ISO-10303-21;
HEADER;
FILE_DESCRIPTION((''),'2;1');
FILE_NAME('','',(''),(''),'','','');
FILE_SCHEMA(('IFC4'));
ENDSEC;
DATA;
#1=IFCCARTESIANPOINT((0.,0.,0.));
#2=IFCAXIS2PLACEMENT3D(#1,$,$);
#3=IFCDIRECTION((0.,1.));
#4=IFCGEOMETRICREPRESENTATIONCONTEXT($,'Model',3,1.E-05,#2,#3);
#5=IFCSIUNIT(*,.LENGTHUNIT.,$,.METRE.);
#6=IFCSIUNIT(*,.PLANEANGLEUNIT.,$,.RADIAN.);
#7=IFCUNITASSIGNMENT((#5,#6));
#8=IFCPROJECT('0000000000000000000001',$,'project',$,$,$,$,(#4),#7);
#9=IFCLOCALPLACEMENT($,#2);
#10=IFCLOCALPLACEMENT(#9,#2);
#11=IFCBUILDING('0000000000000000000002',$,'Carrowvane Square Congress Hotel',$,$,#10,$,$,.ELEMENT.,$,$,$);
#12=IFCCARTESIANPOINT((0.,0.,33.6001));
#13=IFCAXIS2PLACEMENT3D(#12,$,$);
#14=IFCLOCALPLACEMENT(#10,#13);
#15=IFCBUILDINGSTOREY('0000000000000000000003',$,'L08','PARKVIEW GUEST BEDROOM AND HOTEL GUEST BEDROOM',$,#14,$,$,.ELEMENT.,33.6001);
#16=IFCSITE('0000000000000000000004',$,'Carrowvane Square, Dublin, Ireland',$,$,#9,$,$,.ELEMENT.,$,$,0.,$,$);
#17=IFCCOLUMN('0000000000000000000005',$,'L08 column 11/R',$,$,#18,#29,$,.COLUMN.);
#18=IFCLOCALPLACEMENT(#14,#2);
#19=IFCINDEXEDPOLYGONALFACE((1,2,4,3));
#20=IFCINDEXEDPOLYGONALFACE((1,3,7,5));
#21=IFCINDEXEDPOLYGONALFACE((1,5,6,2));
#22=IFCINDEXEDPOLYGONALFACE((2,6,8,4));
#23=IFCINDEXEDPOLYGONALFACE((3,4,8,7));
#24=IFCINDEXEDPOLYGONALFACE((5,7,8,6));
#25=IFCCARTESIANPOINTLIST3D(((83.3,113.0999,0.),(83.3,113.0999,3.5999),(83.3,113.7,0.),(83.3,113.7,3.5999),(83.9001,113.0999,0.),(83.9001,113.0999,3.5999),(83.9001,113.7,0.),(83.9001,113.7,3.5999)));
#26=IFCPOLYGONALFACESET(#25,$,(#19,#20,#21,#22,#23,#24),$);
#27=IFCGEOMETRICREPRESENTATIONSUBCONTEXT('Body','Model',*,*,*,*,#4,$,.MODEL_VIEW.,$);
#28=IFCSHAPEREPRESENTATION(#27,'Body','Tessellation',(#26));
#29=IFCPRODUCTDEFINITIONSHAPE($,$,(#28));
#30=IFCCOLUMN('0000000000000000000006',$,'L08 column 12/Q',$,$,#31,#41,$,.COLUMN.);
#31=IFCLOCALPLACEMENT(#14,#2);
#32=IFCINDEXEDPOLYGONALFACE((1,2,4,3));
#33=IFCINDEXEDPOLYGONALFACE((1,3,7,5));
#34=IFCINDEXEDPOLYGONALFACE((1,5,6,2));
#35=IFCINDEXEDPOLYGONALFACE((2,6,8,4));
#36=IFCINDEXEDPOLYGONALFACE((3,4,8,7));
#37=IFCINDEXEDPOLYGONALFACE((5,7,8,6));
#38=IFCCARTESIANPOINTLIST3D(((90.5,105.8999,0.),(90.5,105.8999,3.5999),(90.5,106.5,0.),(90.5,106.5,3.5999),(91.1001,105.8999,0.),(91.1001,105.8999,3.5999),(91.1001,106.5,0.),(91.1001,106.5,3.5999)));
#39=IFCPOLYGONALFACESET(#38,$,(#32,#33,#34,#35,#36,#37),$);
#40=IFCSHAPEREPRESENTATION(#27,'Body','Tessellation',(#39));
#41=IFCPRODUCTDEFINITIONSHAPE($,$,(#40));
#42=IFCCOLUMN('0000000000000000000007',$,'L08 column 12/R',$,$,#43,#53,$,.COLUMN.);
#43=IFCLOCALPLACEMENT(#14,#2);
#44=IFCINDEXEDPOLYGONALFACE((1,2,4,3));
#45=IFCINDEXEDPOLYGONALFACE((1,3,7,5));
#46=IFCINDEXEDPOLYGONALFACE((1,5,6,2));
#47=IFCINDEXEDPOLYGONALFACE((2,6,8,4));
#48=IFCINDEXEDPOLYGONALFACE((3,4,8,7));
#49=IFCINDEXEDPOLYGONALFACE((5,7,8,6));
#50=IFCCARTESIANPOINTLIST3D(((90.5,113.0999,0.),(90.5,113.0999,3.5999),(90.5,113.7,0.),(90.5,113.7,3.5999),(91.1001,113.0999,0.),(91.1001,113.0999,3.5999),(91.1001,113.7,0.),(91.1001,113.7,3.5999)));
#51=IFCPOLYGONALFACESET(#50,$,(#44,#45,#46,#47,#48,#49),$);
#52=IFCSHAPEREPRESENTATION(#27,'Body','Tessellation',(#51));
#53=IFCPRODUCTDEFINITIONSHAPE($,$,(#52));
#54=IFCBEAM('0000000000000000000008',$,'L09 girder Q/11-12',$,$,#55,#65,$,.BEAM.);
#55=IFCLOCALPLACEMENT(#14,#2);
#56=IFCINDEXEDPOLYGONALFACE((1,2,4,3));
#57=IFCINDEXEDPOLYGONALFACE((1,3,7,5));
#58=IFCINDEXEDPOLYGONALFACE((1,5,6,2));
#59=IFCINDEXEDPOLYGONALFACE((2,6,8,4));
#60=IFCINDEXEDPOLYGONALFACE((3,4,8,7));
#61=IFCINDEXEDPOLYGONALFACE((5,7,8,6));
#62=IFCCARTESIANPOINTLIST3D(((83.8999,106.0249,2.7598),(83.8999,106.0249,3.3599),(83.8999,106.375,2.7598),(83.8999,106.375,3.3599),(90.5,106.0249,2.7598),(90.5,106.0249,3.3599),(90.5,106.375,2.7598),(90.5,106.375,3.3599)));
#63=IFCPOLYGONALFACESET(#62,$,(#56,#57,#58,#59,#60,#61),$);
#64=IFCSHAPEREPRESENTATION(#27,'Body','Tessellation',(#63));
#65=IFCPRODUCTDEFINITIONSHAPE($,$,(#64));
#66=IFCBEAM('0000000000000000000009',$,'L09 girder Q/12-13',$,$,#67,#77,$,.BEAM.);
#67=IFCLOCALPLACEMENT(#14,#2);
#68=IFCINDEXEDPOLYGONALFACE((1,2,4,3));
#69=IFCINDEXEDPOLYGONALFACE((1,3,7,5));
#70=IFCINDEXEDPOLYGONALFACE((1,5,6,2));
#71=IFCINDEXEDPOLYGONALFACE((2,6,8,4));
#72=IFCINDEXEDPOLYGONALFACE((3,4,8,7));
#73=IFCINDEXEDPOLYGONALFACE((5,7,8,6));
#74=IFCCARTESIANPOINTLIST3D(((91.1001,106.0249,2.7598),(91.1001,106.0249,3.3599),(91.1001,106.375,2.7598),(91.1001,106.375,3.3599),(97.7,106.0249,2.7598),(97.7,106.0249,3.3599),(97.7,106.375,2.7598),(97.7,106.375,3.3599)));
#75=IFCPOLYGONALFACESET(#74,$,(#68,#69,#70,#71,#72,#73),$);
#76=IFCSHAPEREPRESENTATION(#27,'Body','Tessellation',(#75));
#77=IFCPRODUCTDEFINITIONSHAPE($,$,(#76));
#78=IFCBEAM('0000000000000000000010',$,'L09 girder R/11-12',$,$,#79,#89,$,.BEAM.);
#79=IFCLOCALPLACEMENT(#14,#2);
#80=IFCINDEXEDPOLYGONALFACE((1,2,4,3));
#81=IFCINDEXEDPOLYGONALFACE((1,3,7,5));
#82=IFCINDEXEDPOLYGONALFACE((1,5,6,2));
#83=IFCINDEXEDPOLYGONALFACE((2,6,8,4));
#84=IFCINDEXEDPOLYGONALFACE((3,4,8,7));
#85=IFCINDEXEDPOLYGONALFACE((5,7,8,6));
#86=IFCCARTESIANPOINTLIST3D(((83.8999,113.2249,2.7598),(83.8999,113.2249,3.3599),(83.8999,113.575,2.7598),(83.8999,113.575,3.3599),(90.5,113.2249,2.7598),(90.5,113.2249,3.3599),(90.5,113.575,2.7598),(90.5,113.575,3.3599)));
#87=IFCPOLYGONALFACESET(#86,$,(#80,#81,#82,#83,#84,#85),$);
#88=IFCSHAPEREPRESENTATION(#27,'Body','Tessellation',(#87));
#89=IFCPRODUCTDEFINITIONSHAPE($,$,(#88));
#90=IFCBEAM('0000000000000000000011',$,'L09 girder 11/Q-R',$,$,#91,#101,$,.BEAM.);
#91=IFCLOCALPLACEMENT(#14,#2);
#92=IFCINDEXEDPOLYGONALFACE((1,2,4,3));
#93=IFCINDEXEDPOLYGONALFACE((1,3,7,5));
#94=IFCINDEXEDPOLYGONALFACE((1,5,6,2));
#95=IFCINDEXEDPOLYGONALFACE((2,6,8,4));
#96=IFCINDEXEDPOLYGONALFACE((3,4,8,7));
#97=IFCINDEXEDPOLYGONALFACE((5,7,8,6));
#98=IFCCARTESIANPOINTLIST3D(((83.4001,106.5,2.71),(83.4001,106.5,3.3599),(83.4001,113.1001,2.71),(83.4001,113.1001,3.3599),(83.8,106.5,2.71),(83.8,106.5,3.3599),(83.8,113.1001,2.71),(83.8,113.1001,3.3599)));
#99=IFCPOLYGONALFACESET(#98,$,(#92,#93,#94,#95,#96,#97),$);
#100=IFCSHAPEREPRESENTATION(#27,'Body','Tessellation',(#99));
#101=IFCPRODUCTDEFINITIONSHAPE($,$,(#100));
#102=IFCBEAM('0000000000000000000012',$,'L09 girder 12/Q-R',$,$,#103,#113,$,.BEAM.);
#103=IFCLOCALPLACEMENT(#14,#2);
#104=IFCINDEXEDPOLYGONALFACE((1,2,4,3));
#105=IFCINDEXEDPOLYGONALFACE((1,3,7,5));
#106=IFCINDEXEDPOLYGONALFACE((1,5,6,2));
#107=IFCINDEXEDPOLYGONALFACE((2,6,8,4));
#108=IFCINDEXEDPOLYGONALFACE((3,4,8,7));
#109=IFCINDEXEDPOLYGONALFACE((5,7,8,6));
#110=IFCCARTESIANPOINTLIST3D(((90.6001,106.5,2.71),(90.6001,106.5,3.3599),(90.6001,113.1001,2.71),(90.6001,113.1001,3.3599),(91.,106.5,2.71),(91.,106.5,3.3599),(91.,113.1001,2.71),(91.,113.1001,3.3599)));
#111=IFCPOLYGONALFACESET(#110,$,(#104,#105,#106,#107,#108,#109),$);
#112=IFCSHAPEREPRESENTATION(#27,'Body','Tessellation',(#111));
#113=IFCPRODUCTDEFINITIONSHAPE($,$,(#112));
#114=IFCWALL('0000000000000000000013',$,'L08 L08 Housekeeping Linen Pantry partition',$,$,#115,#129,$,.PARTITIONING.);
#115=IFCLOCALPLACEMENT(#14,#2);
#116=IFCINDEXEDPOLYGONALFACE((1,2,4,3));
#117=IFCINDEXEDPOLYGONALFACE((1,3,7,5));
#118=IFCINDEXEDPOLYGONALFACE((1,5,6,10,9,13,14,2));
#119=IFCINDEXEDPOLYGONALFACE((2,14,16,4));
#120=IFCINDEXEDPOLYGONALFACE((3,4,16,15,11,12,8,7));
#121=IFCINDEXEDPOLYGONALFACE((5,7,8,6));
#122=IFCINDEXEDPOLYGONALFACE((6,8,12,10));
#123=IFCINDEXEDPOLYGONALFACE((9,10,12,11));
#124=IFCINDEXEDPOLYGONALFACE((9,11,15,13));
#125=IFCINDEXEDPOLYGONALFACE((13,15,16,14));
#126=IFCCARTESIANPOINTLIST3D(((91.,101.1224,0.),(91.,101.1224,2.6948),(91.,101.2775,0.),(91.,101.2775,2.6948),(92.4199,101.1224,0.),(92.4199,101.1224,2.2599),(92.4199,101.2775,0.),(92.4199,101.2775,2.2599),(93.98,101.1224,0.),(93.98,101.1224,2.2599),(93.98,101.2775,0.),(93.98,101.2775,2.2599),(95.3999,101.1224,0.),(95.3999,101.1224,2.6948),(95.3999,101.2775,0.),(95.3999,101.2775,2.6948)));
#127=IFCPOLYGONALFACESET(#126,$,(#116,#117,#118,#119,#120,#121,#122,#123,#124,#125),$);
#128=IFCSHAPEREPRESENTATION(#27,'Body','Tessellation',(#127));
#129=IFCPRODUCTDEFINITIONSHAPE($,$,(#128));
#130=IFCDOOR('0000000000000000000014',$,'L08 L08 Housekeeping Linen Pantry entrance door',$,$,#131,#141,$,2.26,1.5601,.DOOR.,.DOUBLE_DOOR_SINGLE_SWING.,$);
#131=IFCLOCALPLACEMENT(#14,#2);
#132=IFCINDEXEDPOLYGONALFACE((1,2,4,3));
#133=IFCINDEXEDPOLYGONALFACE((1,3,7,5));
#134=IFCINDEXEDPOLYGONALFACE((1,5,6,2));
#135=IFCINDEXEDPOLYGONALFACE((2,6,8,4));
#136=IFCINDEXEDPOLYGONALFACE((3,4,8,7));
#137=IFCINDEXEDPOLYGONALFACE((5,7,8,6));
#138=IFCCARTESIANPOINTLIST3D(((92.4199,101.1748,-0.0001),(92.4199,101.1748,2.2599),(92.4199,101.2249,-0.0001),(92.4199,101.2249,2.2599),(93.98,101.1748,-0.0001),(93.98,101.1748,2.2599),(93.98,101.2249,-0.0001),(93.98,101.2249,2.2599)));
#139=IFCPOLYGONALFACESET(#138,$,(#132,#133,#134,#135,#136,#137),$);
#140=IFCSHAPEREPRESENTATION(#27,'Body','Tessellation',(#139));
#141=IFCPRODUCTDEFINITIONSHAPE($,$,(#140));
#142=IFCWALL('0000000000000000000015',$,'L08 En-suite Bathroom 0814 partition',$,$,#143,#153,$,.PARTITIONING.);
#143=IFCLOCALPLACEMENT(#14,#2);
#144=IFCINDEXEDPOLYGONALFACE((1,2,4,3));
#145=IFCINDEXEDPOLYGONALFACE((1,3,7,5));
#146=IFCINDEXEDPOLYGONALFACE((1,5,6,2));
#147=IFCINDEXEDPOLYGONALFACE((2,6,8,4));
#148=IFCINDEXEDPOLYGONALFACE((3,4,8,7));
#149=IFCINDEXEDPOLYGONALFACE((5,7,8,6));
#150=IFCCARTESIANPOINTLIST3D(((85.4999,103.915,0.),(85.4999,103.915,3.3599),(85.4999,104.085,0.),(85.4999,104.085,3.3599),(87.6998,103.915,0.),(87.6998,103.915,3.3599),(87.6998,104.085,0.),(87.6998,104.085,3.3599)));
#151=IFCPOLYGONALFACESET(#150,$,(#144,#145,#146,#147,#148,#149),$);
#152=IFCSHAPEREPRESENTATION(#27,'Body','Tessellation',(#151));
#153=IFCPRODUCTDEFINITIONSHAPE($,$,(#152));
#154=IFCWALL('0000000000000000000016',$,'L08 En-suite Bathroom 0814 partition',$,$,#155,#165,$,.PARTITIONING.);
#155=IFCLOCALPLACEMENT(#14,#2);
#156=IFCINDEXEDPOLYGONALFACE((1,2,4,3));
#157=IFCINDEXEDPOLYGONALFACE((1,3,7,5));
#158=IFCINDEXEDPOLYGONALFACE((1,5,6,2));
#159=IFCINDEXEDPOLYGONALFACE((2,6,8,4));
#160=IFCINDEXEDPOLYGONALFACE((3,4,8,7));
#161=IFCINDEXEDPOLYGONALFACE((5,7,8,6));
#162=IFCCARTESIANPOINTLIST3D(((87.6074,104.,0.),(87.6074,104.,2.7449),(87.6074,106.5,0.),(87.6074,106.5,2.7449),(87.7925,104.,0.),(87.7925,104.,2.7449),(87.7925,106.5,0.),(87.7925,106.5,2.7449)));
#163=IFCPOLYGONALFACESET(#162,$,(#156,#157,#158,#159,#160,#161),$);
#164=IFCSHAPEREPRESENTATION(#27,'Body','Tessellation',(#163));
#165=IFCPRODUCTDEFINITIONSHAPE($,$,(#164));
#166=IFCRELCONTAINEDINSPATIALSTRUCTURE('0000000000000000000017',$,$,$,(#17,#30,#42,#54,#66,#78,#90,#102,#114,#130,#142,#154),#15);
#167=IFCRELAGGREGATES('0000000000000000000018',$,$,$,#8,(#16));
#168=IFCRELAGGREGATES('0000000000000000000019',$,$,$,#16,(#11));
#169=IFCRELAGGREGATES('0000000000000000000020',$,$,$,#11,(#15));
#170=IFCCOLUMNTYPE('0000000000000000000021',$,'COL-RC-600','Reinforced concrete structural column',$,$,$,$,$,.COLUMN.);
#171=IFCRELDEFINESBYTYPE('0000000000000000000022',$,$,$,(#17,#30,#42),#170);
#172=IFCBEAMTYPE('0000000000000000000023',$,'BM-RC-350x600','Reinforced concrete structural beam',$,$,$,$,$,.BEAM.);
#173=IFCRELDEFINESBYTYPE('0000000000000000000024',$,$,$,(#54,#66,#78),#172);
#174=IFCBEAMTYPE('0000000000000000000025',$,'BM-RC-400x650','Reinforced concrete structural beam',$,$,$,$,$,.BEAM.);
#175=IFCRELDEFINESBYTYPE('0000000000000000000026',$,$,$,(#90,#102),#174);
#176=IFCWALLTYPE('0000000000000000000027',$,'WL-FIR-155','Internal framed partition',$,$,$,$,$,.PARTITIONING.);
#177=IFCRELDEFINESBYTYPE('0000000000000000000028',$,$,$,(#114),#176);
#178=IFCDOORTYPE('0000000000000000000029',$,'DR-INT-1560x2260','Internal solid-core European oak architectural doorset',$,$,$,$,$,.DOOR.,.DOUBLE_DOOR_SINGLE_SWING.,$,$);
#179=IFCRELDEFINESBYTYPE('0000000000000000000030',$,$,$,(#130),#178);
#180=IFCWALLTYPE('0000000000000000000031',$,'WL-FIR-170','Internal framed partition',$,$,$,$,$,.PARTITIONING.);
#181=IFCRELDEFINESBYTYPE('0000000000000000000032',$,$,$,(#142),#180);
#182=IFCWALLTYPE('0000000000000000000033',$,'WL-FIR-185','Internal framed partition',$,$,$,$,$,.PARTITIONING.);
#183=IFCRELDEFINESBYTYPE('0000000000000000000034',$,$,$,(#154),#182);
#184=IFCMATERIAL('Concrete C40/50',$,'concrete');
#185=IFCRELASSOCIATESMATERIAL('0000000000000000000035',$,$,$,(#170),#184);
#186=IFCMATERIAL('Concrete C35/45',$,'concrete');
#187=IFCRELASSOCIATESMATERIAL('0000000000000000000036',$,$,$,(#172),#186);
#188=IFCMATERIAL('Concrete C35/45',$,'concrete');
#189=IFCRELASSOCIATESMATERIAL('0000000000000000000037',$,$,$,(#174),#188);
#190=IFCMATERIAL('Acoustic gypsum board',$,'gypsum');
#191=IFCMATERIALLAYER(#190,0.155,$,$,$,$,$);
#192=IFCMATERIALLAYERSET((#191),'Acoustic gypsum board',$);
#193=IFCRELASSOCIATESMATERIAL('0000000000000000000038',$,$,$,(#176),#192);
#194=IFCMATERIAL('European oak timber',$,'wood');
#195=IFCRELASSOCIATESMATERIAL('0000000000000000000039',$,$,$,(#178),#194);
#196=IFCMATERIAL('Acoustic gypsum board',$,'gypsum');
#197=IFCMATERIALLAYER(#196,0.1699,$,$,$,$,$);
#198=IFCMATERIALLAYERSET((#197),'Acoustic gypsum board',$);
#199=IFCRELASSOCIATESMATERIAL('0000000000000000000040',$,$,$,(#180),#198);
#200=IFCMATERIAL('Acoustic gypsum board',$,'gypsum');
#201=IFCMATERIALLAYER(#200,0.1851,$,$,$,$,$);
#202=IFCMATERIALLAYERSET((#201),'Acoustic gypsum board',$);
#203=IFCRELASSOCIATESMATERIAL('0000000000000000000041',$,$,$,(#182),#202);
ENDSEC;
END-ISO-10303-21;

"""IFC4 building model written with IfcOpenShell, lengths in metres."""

from ifc_helpers import new_model, si_unit, direction, frame, frame_2d, origin, origin_2d, place, context, subcontext, project, spatial, rectangle, extrude, material, layer, layer_set, material_profile, profile_set, type_object, element, fill, save


model = new_model("IFC4")

# Units and contexts
model_context = context("Model", 3, precision=1e-05, world=origin(), true_north=direction((0.0, 1.0)))
body_context = subcontext(model_context, "Body", "Model", "MODEL_VIEW")
ifc_project = project(units=[si_unit("LENGTHUNIT", "METRE"), si_unit("PLANEANGLEUNIT", "RADIAN")], contexts=[model_context])

# Site, building, storey
site_placement = place(None, origin())
site = spatial("IfcSite", under=ifc_project, at=site_placement, Name="Carrowvane Square, Dublin, Ireland", CompositionType="ELEMENT", RefElevation=0.0)
building_placement = place(site_placement, origin())
building = spatial("IfcBuilding", under=site, at=building_placement, Name="Carrowvane Square Congress Hotel", CompositionType="ELEMENT")
storey_placement = place(building_placement, frame((0.0, 0.0, 33.6001)))
storey = spatial("IfcBuildingStorey", under=building, at=storey_placement, Name="L08", Description="PARKVIEW GUEST BEDROOM AND HOTEL GUEST BEDROOM", CompositionType="ELEMENT", Elevation=33.6001)

# Columns
ifc_material_1 = material(Name="Concrete C40/50", Category="concrete")
ifc_material_profile_1 = material_profile(ifc_material_1, rectangle(XDim=0.6001, YDim=0.6001, at=origin_2d()), Name="RC 600x600")
ifc_profile_set_1 = profile_set([ifc_material_profile_1], Name="Concrete C40/50")
column_type = type_object("IfcColumnType", Name="COL-RC-600", Description="Reinforced concrete structural column", PredefinedType="COLUMN", material=ifc_profile_set_1)
for number, where, z_axis, x_axis, name in (
    (1, (83.6001, 113.3999, 0.0), (0.0, 0.0, 1.0), (1.0, 0.0, 0.0), "L08 column 11/R"),
    (2, (90.8, 106.2, 0.0), (0.0, 0.0, 1.0), (1.0, 0.0, 0.0), "L08 column 12/Q"),
    (3, (90.8, 113.3999, 0.0), (0.0, 0.0, 1.0), (1.0, 0.0, 0.0), "L08 column 12/R"),
):
    element("IfcColumn", number, at=place(storey_placement, frame(where, z_axis=z_axis, x_axis=x_axis)), inside=storey, type_object=column_type, Name=name, PredefinedType="COLUMN", context=body_context, shape_type="SweptSolid", body=[
        extrude(rectangle(XDim=0.6001, YDim=0.6001, at=origin_2d()), origin(), (0.0, 0.0, 1.0), 3.5999),
    ])

# Beams
ifc_material_2 = material(Name="Concrete C35/45", Category="concrete")
ifc_material_profile_2 = material_profile(ifc_material_2, rectangle(XDim=0.3501, YDim=0.6001, at=origin_2d()), Name="RC 350x600")
ifc_profile_set_2 = profile_set([ifc_material_profile_2], Name="Concrete C35/45")
beam_type_1 = type_object("IfcBeamType", Name="BM-RC-350x600", Description="Reinforced concrete structural beam", PredefinedType="BEAM", material=ifc_profile_set_2)
beam_1_placement = place(storey_placement, frame((83.8999, 106.2, 3.0598), z_axis=(1.0, 0.0, 0.0), x_axis=(0.0, 1.0, 0.0)))
element("IfcBeam", 4, at=beam_1_placement, inside=storey, type_object=beam_type_1, Name="L09 girder Q/11-12", PredefinedType="BEAM", context=body_context, shape_type="SweptSolid", body=[
    extrude(rectangle(XDim=0.3501, YDim=0.6001, at=origin_2d()), origin(), (0.0, 0.0, 1.0), 6.6001),
])
beam_2_placement = place(storey_placement, frame((91.1001, 106.2, 3.0598), z_axis=(1.0, 0.0, 0.0), x_axis=(0.0, 1.0, 0.0)))
element("IfcBeam", 5, at=beam_2_placement, inside=storey, type_object=beam_type_1, Name="L09 girder Q/12-13", PredefinedType="BEAM", context=body_context, shape_type="SweptSolid", body=[
    extrude(rectangle(XDim=0.3501, YDim=0.6001, at=origin_2d()), origin(), (0.0, 0.0, 1.0), 6.5999),
])
beam_3_placement = place(storey_placement, frame((83.8999, 113.3999, 3.0598), z_axis=(1.0, 0.0, 0.0), x_axis=(0.0, 1.0, 0.0)))
element("IfcBeam", 6, at=beam_3_placement, inside=storey, type_object=beam_type_1, Name="L09 girder R/11-12", PredefinedType="BEAM", context=body_context, shape_type="SweptSolid", body=[
    extrude(rectangle(XDim=0.3501, YDim=0.6001, at=origin_2d()), origin(), (0.0, 0.0, 1.0), 6.6001),
])
ifc_material_3 = material(Name="Concrete C35/45", Category="concrete")
ifc_material_profile_3 = material_profile(ifc_material_3, rectangle(XDim=0.3999, YDim=0.6499, at=origin_2d()), Name="RC 400x650")
ifc_profile_set_3 = profile_set([ifc_material_profile_3], Name="Concrete C35/45")
beam_type_2 = type_object("IfcBeamType", Name="BM-RC-400x650", Description="Reinforced concrete structural beam", PredefinedType="BEAM", material=ifc_profile_set_3)
for number, where, z_axis, x_axis, name in (
    (7, (83.6001, 106.5, 3.0349), (0.0, 1.0, 0.0), (-1.0, 0.0, 0.0), "L09 girder 11/Q-R"),
    (8, (90.8, 106.5, 3.0349), (0.0, 1.0, 0.0), (-1.0, 0.0, 0.0), "L09 girder 12/Q-R"),
):
    element("IfcBeam", number, at=place(storey_placement, frame(where, z_axis=z_axis, x_axis=x_axis)), inside=storey, type_object=beam_type_2, Name=name, PredefinedType="BEAM", context=body_context, shape_type="SweptSolid", body=[
        extrude(rectangle(XDim=0.3999, YDim=0.6499, at=origin_2d()), origin(), (0.0, 0.0, 1.0), 6.6001),
    ])

# Wall, opening, door
ifc_material_4 = material(Name="Acoustic gypsum board", Category="gypsum")
ifc_layer_1 = layer(ifc_material_4, 0.155)
ifc_layer_set_1 = layer_set([ifc_layer_1], Name="Acoustic gypsum board")
wall_type_1 = type_object("IfcWallType", Name="WL-FIR-155", Description="Internal framed partition", PredefinedType="PARTITIONING", material=ifc_layer_set_1)
wall_1_placement = place(storey_placement, frame((91.0, 101.2, 0.0), z_axis=(0.0, 0.0, 1.0), x_axis=(1.0, 0.0, 0.0)))
wall_1 = element("IfcWall", 9, at=wall_1_placement, inside=storey, type_object=wall_type_1, Name="L08 L08 Housekeeping Linen Pantry partition", PredefinedType="PARTITIONING", context=body_context, shape_type="SweptSolid", body=[
    extrude(rectangle(XDim=4.3999, YDim=0.155, at=frame_2d((2.2, 0.0))), origin(), (0.0, 0.0, 1.0), 2.6948),
])
opening_1_placement = place(wall_1_placement, frame((1.4199, 0.0, 0.0)))
opening_1 = element("IfcOpeningElement", 10, at=opening_1_placement, cuts=wall_1, PredefinedType="OPENING", context=body_context, shape_type="SweptSolid", body=[
    extrude(rectangle(XDim=1.5601, YDim=2.26, at=frame_2d((0.78, 1.1299))), frame((0.0, 0.0874, 0.0), z_axis=(0.0, -1.0, 0.0), x_axis=(1.0, 0.0, 0.0)), (0.0, 0.0, 1.0), 0.175),
])
ifc_material_5 = material(Name="European oak timber", Category="wood")
door_type_1 = type_object("IfcDoorType", Name="DR-INT-1560x2260", Description="Internal solid-core European oak architectural doorset", OperationType="DOUBLE_DOOR_SINGLE_SWING", PredefinedType="DOOR", material=ifc_material_5)
door_1_placement = place(opening_1_placement, origin())
door_1 = element("IfcDoor", 11, at=door_1_placement, inside=storey, type_object=door_type_1, Name="L08 L08 Housekeeping Linen Pantry entrance door", OperationType="DOUBLE_DOOR_SINGLE_SWING", OverallHeight=2.26, OverallWidth=1.5601, PredefinedType="DOOR", context=body_context, shape_type="SweptSolid", body=[
    extrude(rectangle(XDim=1.5601, YDim=2.26, at=frame_2d((0.78, 1.1299))), frame((0.0, 0.0249, 0.0), z_axis=(0.0, -1.0, 0.0), x_axis=(1.0, 0.0, 0.0)), (0.0, 0.0, 1.0), 0.05),
])
fill(opening_1, door_1)

# Wall
ifc_material_6 = material(Name="Acoustic gypsum board", Category="gypsum")
ifc_layer_2 = layer(ifc_material_6, 0.1699)
ifc_layer_set_2 = layer_set([ifc_layer_2], Name="Acoustic gypsum board")
wall_type_2 = type_object("IfcWallType", Name="WL-FIR-170", Description="Internal framed partition", PredefinedType="PARTITIONING", material=ifc_layer_set_2)
wall_2_placement = place(storey_placement, frame((87.7, 104.0, 0.0), z_axis=(0.0, 0.0, 1.0), x_axis=(-1.0, 0.0, 0.0)))
element("IfcWall", 12, at=wall_2_placement, inside=storey, type_object=wall_type_2, Name="L08 En-suite Bathroom 0814 partition", PredefinedType="PARTITIONING", context=body_context, shape_type="SweptSolid", body=[
    extrude(rectangle(XDim=2.2, YDim=0.1699, at=frame_2d((1.1001, 0.0))), origin(), (0.0, 0.0, 1.0), 3.3599),
])

# Wall
ifc_material_7 = material(Name="Acoustic gypsum board", Category="gypsum")
ifc_layer_3 = layer(ifc_material_7, 0.1851)
ifc_layer_set_3 = layer_set([ifc_layer_3], Name="Acoustic gypsum board")
wall_type_3 = type_object("IfcWallType", Name="WL-FIR-185", Description="Internal framed partition", PredefinedType="PARTITIONING", material=ifc_layer_set_3)
wall_3_placement = place(storey_placement, frame((87.7, 106.5, 0.0), z_axis=(0.0, 0.0, 1.0), x_axis=(0.0, -1.0, 0.0)))
element("IfcWall", 13, at=wall_3_placement, inside=storey, type_object=wall_type_3, Name="L08 En-suite Bathroom 0814 partition", PredefinedType="PARTITIONING", context=body_context, shape_type="SweptSolid", body=[
    extrude(rectangle(XDim=2.5, YDim=0.1851, at=frame_2d((1.25, 0.0))), origin(), (0.0, 0.0, 1.0), 2.7449),
])

save(model, "model.ifc")
